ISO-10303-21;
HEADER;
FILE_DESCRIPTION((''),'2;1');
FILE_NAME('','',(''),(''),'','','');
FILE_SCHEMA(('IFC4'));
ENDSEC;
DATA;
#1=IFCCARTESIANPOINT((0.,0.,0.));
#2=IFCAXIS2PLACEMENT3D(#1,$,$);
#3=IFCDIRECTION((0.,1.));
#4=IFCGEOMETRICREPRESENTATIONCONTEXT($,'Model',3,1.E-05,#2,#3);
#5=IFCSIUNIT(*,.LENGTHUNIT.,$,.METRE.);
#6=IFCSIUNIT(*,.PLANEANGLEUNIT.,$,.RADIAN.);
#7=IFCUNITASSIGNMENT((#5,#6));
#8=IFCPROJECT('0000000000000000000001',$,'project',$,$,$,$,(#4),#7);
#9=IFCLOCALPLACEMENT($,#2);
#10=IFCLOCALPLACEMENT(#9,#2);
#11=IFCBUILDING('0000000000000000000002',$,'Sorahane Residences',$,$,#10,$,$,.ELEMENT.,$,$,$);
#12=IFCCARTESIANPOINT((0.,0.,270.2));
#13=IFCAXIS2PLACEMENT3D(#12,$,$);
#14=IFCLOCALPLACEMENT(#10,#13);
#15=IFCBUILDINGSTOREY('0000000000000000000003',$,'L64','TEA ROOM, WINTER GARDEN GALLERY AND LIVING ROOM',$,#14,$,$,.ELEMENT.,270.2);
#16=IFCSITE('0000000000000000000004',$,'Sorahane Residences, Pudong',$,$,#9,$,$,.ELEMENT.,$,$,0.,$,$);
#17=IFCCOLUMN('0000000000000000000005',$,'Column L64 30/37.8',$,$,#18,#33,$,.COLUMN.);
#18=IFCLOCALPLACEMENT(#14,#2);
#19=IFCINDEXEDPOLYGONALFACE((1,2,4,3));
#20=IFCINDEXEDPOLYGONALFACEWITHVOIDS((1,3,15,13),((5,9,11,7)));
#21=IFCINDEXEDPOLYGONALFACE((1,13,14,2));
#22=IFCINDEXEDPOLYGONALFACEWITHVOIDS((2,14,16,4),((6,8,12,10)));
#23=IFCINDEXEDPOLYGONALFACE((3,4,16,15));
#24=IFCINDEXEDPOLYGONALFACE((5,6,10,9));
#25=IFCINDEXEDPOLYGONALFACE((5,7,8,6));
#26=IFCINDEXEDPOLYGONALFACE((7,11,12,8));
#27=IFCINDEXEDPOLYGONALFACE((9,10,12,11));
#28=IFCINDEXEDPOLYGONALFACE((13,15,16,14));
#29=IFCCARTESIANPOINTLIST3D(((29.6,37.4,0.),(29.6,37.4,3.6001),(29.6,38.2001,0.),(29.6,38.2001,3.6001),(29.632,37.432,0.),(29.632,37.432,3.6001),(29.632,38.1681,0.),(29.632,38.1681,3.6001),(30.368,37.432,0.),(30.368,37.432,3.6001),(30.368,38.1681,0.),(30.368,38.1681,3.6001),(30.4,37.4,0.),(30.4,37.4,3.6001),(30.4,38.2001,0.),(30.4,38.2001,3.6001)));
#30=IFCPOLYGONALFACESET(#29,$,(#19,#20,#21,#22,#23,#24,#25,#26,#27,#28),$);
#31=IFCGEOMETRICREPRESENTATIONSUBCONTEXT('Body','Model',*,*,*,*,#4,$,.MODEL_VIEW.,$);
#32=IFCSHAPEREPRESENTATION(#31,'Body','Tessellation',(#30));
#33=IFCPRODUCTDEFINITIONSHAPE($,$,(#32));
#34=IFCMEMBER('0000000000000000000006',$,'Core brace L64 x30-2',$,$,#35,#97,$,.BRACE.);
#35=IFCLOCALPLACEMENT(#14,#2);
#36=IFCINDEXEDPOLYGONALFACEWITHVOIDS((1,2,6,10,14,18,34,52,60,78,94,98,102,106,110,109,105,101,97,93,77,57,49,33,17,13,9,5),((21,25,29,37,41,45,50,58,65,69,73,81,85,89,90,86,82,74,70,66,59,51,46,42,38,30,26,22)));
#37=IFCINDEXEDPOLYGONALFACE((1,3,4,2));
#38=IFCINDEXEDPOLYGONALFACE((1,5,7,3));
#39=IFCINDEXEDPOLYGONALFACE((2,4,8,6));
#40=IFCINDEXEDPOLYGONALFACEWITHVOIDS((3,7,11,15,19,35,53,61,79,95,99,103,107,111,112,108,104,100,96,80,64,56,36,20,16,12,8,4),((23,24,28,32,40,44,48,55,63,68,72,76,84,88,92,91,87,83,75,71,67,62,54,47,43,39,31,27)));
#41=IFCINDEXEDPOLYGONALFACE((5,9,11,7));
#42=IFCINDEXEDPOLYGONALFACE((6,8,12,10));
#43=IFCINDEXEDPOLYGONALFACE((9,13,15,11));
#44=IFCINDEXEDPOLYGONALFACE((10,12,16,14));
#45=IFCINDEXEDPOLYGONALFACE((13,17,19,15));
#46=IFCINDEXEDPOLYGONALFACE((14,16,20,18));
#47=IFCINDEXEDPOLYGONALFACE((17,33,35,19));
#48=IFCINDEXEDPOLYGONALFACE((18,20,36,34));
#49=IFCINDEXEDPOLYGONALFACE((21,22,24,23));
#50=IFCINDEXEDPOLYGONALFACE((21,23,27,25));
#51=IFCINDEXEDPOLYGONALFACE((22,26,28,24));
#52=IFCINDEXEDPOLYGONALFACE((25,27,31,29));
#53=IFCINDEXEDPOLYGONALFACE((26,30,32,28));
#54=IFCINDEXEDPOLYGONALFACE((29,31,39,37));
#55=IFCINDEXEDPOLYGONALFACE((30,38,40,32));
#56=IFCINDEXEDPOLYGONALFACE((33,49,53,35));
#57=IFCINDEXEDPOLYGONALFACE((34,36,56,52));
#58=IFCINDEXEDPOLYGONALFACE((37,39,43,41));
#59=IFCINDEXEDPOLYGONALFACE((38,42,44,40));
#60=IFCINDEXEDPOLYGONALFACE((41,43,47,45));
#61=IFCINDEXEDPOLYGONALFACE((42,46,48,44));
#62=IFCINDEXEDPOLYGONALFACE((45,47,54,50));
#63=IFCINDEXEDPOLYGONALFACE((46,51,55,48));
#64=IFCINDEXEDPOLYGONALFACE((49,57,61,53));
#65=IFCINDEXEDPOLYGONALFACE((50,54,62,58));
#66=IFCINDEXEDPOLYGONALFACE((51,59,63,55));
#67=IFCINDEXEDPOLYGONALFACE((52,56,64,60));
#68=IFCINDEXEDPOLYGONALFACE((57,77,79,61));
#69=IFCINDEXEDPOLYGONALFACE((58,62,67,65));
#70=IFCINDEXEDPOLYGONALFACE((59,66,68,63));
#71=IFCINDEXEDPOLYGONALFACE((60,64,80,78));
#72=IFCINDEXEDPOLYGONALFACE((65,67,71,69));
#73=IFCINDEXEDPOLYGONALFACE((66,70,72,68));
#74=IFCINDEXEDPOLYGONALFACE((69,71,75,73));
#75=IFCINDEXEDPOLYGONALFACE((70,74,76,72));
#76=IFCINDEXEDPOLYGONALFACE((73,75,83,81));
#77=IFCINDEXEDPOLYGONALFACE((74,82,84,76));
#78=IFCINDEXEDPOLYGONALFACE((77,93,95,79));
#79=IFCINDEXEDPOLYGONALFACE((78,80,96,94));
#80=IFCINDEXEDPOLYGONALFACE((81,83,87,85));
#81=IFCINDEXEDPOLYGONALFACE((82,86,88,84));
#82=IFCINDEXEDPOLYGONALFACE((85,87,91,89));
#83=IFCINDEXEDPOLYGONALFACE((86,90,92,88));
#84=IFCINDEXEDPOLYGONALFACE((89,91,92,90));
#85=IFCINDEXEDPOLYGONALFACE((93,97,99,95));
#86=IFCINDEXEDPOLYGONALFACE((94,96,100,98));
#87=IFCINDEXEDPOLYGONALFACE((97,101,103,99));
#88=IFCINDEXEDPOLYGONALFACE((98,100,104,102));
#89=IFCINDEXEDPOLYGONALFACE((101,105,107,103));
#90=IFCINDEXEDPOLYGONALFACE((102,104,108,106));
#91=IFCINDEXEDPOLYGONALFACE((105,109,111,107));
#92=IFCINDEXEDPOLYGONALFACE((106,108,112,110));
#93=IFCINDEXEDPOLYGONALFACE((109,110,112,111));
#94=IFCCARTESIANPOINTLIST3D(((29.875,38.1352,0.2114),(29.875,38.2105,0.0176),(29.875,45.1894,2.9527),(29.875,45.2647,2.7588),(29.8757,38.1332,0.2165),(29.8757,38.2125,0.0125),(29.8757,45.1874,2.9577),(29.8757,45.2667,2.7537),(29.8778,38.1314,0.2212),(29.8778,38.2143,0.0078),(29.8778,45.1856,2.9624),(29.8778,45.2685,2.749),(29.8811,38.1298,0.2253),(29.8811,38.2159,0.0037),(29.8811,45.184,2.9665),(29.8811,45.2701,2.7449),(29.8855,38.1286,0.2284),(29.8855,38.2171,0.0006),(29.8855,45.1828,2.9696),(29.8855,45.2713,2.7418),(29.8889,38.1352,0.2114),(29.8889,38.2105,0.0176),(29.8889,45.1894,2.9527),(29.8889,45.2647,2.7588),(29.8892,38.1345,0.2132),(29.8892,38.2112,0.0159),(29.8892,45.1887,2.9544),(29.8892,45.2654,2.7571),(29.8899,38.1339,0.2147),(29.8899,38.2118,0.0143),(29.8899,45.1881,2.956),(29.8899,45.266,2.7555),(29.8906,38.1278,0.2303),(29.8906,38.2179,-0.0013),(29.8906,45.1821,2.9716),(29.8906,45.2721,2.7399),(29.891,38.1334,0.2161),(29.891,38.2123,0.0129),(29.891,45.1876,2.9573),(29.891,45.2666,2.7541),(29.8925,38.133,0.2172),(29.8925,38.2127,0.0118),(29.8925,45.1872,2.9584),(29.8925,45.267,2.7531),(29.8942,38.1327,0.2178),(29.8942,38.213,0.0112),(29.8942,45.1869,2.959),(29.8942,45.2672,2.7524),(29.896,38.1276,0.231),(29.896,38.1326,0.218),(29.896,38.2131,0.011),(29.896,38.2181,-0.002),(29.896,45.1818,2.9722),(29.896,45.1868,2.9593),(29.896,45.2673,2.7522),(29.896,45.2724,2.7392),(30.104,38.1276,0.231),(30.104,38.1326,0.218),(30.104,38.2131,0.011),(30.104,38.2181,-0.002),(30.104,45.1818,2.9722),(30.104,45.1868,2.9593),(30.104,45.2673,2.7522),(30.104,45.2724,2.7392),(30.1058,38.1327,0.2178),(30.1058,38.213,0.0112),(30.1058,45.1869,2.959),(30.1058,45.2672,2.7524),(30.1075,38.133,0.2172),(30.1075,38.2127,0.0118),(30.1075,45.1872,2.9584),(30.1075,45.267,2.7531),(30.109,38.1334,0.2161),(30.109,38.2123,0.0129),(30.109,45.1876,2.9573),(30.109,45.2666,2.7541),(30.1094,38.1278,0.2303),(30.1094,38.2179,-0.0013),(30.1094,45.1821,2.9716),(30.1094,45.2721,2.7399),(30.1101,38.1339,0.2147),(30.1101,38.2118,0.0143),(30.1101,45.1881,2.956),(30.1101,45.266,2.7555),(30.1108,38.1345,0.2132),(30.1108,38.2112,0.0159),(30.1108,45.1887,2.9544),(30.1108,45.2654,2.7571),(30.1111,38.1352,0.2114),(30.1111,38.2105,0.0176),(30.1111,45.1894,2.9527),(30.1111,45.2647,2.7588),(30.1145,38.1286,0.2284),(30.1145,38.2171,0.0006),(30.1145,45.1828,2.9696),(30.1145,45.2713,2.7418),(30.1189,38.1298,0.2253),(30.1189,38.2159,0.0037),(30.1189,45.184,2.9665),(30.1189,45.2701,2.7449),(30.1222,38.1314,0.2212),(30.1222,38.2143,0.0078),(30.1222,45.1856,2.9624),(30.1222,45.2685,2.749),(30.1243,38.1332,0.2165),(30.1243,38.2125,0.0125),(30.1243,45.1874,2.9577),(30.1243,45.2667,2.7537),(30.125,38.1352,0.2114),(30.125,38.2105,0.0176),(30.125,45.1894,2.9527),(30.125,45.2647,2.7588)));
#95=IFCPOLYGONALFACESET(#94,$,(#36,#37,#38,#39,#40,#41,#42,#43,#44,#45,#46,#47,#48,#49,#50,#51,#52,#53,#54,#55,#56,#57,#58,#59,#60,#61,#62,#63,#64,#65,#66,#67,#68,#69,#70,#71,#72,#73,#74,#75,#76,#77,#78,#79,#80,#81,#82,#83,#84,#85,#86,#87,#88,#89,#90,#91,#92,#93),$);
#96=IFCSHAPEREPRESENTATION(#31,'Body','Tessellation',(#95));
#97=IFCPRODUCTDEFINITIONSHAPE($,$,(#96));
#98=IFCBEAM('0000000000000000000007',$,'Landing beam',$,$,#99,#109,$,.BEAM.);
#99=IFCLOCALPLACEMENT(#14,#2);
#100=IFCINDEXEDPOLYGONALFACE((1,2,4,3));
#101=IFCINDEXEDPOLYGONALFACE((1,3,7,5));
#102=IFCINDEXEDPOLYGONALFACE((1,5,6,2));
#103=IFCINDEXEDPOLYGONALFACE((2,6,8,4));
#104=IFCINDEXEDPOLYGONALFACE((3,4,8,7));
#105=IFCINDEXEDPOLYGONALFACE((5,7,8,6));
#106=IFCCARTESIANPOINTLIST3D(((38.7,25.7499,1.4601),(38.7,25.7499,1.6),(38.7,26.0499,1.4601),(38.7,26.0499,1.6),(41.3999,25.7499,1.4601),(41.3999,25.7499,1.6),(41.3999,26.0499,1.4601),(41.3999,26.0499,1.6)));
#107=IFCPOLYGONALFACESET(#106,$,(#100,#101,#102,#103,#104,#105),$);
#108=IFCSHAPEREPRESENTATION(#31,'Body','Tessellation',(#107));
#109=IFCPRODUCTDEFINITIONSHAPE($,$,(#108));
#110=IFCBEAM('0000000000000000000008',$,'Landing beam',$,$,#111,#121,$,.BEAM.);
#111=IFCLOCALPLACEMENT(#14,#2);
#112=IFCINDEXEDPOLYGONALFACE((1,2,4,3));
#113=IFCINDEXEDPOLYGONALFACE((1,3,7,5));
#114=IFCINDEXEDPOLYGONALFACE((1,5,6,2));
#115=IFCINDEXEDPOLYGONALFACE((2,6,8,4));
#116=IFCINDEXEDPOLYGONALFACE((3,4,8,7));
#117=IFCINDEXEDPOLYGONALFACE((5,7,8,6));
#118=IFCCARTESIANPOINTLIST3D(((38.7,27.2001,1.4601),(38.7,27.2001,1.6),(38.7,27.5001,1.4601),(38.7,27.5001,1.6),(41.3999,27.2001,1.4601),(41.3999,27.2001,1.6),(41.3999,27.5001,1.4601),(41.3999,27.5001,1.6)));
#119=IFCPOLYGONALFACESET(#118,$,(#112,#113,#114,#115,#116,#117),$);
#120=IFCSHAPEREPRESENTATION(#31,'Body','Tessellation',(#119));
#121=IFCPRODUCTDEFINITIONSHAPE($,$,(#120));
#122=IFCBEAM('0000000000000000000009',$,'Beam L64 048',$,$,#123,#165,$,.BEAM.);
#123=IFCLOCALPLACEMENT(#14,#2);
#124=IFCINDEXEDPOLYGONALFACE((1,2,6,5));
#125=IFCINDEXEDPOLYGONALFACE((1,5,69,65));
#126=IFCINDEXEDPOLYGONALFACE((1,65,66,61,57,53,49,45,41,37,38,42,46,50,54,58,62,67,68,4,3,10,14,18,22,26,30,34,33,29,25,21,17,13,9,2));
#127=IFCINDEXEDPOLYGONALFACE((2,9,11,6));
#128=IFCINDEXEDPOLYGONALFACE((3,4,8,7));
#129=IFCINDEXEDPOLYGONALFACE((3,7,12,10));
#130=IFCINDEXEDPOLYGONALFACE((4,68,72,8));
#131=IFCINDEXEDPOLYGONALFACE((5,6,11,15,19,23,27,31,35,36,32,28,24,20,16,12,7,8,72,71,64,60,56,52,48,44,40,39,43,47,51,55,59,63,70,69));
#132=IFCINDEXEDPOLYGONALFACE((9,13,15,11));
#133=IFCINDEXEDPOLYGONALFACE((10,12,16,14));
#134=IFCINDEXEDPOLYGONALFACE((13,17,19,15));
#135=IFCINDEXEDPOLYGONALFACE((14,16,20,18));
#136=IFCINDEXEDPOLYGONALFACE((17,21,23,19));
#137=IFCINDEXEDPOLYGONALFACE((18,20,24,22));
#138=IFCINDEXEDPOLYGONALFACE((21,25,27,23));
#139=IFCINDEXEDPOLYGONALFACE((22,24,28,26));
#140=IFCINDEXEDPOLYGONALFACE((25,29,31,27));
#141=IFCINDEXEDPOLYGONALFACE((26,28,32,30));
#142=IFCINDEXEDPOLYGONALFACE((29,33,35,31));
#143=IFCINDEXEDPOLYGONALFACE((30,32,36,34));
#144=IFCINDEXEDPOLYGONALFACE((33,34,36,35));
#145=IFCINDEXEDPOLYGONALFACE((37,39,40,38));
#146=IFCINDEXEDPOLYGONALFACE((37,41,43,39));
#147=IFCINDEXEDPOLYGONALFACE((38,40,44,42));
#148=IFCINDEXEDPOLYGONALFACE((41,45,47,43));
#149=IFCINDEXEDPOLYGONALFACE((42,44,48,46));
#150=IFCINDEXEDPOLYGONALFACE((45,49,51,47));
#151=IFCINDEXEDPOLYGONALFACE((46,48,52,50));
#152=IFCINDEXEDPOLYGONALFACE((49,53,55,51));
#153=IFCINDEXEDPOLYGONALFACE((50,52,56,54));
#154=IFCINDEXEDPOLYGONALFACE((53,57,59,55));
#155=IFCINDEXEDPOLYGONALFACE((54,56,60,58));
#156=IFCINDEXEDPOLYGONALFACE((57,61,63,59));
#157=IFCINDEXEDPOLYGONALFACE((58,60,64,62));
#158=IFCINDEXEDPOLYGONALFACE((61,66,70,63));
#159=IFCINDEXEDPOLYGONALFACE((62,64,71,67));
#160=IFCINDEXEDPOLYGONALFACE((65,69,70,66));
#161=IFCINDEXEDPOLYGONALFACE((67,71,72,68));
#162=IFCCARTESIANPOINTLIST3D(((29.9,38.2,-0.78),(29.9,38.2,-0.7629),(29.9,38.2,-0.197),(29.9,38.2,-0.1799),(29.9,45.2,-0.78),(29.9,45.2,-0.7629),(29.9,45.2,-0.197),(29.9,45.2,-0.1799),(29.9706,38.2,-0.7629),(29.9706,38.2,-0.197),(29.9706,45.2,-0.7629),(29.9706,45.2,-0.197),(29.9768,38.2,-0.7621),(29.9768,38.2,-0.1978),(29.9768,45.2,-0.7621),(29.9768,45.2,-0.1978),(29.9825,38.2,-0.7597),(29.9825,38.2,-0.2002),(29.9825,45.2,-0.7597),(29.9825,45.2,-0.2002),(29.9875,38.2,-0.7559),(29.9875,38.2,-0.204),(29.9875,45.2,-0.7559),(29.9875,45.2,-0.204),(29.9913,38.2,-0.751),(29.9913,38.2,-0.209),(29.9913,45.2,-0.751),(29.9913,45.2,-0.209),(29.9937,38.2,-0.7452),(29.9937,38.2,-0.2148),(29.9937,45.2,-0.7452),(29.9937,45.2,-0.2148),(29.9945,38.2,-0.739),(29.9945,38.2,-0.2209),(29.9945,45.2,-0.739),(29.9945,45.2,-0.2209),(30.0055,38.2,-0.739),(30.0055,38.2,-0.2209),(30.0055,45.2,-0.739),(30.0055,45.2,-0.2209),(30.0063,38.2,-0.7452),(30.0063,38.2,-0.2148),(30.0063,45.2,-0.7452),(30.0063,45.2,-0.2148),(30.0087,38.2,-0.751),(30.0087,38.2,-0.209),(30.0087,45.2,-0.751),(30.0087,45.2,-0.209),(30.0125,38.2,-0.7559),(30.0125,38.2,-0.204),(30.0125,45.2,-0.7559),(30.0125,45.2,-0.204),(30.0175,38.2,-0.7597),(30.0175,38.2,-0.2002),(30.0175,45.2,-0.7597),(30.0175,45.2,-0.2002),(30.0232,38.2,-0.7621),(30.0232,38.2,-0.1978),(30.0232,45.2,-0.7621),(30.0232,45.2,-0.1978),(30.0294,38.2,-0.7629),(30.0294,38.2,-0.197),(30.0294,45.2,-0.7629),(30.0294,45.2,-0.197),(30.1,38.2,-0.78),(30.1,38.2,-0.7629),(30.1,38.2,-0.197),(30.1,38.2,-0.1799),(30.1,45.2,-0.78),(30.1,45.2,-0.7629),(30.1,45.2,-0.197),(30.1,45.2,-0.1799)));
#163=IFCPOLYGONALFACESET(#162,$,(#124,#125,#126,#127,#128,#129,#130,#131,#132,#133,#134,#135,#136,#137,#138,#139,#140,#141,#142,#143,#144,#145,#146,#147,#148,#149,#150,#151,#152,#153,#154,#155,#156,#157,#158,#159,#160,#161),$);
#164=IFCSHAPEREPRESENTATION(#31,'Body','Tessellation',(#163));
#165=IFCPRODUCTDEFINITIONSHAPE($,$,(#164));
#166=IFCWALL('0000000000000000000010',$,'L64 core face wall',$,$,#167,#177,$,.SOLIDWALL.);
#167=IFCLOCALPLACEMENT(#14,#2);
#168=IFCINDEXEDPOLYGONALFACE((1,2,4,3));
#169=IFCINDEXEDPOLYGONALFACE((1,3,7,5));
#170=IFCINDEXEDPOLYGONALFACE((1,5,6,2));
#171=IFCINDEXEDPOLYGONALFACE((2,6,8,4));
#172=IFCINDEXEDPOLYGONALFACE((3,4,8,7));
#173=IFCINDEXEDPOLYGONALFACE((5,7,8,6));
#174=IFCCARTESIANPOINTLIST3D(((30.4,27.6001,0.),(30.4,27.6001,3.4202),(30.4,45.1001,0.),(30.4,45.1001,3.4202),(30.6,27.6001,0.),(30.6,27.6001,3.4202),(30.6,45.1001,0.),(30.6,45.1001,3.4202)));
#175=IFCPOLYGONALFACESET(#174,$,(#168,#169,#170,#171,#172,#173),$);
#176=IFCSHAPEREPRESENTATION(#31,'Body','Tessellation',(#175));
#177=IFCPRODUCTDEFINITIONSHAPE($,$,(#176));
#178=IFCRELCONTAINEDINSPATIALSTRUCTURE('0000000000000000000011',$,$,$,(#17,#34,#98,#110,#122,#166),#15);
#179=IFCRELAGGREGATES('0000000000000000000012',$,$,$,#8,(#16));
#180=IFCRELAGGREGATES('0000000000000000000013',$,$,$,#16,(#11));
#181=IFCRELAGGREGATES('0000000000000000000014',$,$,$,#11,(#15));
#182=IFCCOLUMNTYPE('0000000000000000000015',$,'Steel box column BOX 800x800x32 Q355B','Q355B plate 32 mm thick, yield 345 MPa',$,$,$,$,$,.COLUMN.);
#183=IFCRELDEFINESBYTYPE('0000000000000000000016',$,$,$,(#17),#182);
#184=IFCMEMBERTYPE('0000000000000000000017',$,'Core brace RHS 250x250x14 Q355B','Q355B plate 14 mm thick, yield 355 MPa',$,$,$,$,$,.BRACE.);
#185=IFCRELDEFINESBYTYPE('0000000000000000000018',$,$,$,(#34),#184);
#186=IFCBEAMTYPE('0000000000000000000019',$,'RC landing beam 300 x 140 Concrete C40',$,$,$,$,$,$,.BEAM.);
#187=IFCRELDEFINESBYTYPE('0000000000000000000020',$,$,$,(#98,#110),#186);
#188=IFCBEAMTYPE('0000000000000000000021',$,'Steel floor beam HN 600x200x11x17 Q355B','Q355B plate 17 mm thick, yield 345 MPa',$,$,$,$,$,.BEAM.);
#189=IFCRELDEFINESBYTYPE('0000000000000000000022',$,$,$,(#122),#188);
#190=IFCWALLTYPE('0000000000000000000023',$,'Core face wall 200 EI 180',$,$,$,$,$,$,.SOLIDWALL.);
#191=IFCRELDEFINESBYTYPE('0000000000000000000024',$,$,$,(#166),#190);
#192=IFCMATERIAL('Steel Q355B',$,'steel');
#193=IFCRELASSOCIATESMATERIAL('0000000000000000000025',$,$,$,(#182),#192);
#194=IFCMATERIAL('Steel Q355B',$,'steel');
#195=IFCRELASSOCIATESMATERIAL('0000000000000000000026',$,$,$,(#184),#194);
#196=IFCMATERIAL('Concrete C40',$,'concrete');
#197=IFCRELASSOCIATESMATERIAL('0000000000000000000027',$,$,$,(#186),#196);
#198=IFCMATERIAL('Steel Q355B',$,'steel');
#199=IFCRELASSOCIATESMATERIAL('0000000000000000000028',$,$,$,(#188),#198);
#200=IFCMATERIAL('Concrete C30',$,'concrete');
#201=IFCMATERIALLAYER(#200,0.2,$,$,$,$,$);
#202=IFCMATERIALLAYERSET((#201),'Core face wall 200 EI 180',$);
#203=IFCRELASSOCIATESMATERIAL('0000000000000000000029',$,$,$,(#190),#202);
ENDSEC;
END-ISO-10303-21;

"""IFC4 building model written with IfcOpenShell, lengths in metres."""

from ifc_helpers import new_model, si_unit, direction, frame, frame_2d, origin, origin_2d, place, context, subcontext, project, spatial, rectangle, hollow_rectangle, i_section, extrude, material, layer, layer_set, material_profile, profile_set, type_object, element, save


model = new_model("IFC4")

# Units and contexts
model_context = context("Model", 3, precision=1e-05, world=origin(), true_north=direction((0.0, 1.0)))
body_context = subcontext(model_context, "Body", "Model", "MODEL_VIEW")
ifc_project = project(units=[si_unit("LENGTHUNIT", "METRE"), si_unit("PLANEANGLEUNIT", "RADIAN")], contexts=[model_context])

# Site, building, storey
site_placement = place(None, origin())
site = spatial("IfcSite", under=ifc_project, at=site_placement, Name="Sorahane Residences, Pudong", CompositionType="ELEMENT", RefElevation=0.0)
building_placement = place(site_placement, origin())
building = spatial("IfcBuilding", under=site, at=building_placement, Name="Sorahane Residences", CompositionType="ELEMENT")
storey_placement = place(building_placement, frame((0.0, 0.0, 270.2)))
storey = spatial("IfcBuildingStorey", under=building, at=storey_placement, Name="L64", Description="TEA ROOM, WINTER GARDEN GALLERY AND LIVING ROOM", CompositionType="ELEMENT", Elevation=270.2)

# Column
ifc_material_1 = material(Name="Steel Q355B", Category="steel")
ifc_material_profile_1 = material_profile(ifc_material_1, hollow_rectangle(XDim=0.8, YDim=0.8, WallThickness=0.032, at=origin_2d()), Name="BOX 800x800x32")
ifc_profile_set_1 = profile_set([ifc_material_profile_1], Name="Steel Q355B")
column_type = type_object("IfcColumnType", Name="Steel box column BOX 800x800x32 Q355B", Description="Q355B plate 32 mm thick, yield 345 MPa", PredefinedType="COLUMN", material=ifc_profile_set_1)
column_placement = place(storey_placement, frame((30.0, 37.8, 0.0), z_axis=(0.0, 0.0, 1.0), x_axis=(1.0, 0.0, 0.0)))
element("IfcColumn", 1, at=column_placement, inside=storey, type_object=column_type, Name="Column L64 30/37.8", PredefinedType="COLUMN", context=body_context, shape_type="SweptSolid", body=[
    extrude(hollow_rectangle(XDim=0.8, YDim=0.8, WallThickness=0.032, at=origin_2d()), origin(), (0.0, 0.0, 1.0), 3.6001),
])

# Member
ifc_material_2 = material(Name="Steel Q355B", Category="steel")
ifc_material_profile_2 = material_profile(ifc_material_2, hollow_rectangle(XDim=0.25, YDim=0.25, WallThickness=0.0139, InnerFilletRadius=0.0071, OuterFilletRadius=0.021, at=origin_2d()), Name="RHS 250x250x14")
ifc_profile_set_2 = profile_set([ifc_material_profile_2], Name="Steel Q355B")
member_type = type_object("IfcMemberType", Name="Core brace RHS 250x250x14 Q355B", Description="Q355B plate 14 mm thick, yield 355 MPa", PredefinedType="BRACE", material=ifc_profile_set_2)
member_placement = place(storey_placement, frame((30.0, 38.1729, 0.1145), z_axis=(0.0, 0.932098, 0.362207), x_axis=(-1.0, 0.0, 0.0)))
element("IfcMember", 2, at=member_placement, inside=storey, type_object=member_type, Name="Core brace L64 x30-2", PredefinedType="BRACE", context=body_context, shape_type="SweptSolid", body=[
    extrude(hollow_rectangle(XDim=0.25, YDim=0.25, WallThickness=0.0139, InnerFilletRadius=0.0071, OuterFilletRadius=0.021, at=origin_2d()), origin(), (0.0, 0.0, 1.0), 7.5681),
])

# Beams
ifc_material_3 = material(Name="Concrete C40", Category="concrete")
ifc_material_profile_3 = material_profile(ifc_material_3, rectangle(XDim=0.3, YDim=0.1399, at=origin_2d()), Name="300x140")
ifc_profile_set_3 = profile_set([ifc_material_profile_3], Name="Concrete C40")
beam_type_1 = type_object("IfcBeamType", Name="RC landing beam 300 x 140 Concrete C40", PredefinedType="BEAM", material=ifc_profile_set_3)
for number, where, z_axis, x_axis, name in (
    (3, (38.7, 25.8999, 1.53), (1.0, 0.0, 0.0), (0.0, 1.0, 0.0), "Landing beam"),
    (4, (38.7, 27.3501, 1.53), (1.0, 0.0, 0.0), (0.0, 1.0, 0.0), "Landing beam"),
):
    element("IfcBeam", number, at=place(storey_placement, frame(where, z_axis=z_axis, x_axis=x_axis)), inside=storey, type_object=beam_type_1, Name=name, PredefinedType="BEAM", context=body_context, shape_type="SweptSolid", body=[
        extrude(rectangle(XDim=0.3, YDim=0.1399, at=origin_2d()), origin(), (0.0, 0.0, 1.0), 2.7),
    ])
ifc_material_4 = material(Name="Steel Q355B", Category="steel")
ifc_material_profile_4 = material_profile(ifc_material_4, i_section(OverallWidth=0.2, OverallDepth=0.6001, WebThickness=0.011, FlangeThickness=0.0171, FilletRadius=0.0239, at=origin_2d()), Name="HN 600x200x11x17")
ifc_profile_set_4 = profile_set([ifc_material_profile_4], Name="Steel Q355B")
beam_type_2 = type_object("IfcBeamType", Name="Steel floor beam HN 600x200x11x17 Q355B", Description="Q355B plate 17 mm thick, yield 345 MPa", PredefinedType="BEAM", material=ifc_profile_set_4)
beam_placement = place(storey_placement, frame((30.0, 38.2, -0.48), z_axis=(0.0, 1.0, 0.0), x_axis=(-1.0, 0.0, 0.0)))
element("IfcBeam", 5, at=beam_placement, inside=storey, type_object=beam_type_2, Name="Beam L64 048", PredefinedType="BEAM", context=body_context, shape_type="SweptSolid", body=[
    extrude(i_section(OverallWidth=0.2, OverallDepth=0.6001, WebThickness=0.011, FlangeThickness=0.0171, FilletRadius=0.0239, at=origin_2d()), origin(), (0.0, 0.0, 1.0), 7.0),
])

# Wall
ifc_material_5 = material(Name="Concrete C30", Category="concrete")
ifc_layer_1 = layer(ifc_material_5, 0.2)
ifc_layer_set_1 = layer_set([ifc_layer_1], Name="Core face wall 200 EI 180")
wall_type_1 = type_object("IfcWallType", Name="Core face wall 200 EI 180", PredefinedType="SOLIDWALL", material=ifc_layer_set_1)
wall_1_placement = place(storey_placement, frame((30.5, 27.6001, 0.0), z_axis=(0.0, 0.0, 1.0), x_axis=(0.0, 1.0, 0.0)))
element("IfcWall", 6, at=wall_1_placement, inside=storey, type_object=wall_type_1, Name="L64 core face wall", PredefinedType="SOLIDWALL", context=body_context, shape_type="SweptSolid", body=[
    extrude(rectangle(XDim=17.5, YDim=0.2, at=frame_2d((8.75, 0.0))), origin(), (0.0, 0.0, 1.0), 3.4202),
])

save(model, "model.ifc")
